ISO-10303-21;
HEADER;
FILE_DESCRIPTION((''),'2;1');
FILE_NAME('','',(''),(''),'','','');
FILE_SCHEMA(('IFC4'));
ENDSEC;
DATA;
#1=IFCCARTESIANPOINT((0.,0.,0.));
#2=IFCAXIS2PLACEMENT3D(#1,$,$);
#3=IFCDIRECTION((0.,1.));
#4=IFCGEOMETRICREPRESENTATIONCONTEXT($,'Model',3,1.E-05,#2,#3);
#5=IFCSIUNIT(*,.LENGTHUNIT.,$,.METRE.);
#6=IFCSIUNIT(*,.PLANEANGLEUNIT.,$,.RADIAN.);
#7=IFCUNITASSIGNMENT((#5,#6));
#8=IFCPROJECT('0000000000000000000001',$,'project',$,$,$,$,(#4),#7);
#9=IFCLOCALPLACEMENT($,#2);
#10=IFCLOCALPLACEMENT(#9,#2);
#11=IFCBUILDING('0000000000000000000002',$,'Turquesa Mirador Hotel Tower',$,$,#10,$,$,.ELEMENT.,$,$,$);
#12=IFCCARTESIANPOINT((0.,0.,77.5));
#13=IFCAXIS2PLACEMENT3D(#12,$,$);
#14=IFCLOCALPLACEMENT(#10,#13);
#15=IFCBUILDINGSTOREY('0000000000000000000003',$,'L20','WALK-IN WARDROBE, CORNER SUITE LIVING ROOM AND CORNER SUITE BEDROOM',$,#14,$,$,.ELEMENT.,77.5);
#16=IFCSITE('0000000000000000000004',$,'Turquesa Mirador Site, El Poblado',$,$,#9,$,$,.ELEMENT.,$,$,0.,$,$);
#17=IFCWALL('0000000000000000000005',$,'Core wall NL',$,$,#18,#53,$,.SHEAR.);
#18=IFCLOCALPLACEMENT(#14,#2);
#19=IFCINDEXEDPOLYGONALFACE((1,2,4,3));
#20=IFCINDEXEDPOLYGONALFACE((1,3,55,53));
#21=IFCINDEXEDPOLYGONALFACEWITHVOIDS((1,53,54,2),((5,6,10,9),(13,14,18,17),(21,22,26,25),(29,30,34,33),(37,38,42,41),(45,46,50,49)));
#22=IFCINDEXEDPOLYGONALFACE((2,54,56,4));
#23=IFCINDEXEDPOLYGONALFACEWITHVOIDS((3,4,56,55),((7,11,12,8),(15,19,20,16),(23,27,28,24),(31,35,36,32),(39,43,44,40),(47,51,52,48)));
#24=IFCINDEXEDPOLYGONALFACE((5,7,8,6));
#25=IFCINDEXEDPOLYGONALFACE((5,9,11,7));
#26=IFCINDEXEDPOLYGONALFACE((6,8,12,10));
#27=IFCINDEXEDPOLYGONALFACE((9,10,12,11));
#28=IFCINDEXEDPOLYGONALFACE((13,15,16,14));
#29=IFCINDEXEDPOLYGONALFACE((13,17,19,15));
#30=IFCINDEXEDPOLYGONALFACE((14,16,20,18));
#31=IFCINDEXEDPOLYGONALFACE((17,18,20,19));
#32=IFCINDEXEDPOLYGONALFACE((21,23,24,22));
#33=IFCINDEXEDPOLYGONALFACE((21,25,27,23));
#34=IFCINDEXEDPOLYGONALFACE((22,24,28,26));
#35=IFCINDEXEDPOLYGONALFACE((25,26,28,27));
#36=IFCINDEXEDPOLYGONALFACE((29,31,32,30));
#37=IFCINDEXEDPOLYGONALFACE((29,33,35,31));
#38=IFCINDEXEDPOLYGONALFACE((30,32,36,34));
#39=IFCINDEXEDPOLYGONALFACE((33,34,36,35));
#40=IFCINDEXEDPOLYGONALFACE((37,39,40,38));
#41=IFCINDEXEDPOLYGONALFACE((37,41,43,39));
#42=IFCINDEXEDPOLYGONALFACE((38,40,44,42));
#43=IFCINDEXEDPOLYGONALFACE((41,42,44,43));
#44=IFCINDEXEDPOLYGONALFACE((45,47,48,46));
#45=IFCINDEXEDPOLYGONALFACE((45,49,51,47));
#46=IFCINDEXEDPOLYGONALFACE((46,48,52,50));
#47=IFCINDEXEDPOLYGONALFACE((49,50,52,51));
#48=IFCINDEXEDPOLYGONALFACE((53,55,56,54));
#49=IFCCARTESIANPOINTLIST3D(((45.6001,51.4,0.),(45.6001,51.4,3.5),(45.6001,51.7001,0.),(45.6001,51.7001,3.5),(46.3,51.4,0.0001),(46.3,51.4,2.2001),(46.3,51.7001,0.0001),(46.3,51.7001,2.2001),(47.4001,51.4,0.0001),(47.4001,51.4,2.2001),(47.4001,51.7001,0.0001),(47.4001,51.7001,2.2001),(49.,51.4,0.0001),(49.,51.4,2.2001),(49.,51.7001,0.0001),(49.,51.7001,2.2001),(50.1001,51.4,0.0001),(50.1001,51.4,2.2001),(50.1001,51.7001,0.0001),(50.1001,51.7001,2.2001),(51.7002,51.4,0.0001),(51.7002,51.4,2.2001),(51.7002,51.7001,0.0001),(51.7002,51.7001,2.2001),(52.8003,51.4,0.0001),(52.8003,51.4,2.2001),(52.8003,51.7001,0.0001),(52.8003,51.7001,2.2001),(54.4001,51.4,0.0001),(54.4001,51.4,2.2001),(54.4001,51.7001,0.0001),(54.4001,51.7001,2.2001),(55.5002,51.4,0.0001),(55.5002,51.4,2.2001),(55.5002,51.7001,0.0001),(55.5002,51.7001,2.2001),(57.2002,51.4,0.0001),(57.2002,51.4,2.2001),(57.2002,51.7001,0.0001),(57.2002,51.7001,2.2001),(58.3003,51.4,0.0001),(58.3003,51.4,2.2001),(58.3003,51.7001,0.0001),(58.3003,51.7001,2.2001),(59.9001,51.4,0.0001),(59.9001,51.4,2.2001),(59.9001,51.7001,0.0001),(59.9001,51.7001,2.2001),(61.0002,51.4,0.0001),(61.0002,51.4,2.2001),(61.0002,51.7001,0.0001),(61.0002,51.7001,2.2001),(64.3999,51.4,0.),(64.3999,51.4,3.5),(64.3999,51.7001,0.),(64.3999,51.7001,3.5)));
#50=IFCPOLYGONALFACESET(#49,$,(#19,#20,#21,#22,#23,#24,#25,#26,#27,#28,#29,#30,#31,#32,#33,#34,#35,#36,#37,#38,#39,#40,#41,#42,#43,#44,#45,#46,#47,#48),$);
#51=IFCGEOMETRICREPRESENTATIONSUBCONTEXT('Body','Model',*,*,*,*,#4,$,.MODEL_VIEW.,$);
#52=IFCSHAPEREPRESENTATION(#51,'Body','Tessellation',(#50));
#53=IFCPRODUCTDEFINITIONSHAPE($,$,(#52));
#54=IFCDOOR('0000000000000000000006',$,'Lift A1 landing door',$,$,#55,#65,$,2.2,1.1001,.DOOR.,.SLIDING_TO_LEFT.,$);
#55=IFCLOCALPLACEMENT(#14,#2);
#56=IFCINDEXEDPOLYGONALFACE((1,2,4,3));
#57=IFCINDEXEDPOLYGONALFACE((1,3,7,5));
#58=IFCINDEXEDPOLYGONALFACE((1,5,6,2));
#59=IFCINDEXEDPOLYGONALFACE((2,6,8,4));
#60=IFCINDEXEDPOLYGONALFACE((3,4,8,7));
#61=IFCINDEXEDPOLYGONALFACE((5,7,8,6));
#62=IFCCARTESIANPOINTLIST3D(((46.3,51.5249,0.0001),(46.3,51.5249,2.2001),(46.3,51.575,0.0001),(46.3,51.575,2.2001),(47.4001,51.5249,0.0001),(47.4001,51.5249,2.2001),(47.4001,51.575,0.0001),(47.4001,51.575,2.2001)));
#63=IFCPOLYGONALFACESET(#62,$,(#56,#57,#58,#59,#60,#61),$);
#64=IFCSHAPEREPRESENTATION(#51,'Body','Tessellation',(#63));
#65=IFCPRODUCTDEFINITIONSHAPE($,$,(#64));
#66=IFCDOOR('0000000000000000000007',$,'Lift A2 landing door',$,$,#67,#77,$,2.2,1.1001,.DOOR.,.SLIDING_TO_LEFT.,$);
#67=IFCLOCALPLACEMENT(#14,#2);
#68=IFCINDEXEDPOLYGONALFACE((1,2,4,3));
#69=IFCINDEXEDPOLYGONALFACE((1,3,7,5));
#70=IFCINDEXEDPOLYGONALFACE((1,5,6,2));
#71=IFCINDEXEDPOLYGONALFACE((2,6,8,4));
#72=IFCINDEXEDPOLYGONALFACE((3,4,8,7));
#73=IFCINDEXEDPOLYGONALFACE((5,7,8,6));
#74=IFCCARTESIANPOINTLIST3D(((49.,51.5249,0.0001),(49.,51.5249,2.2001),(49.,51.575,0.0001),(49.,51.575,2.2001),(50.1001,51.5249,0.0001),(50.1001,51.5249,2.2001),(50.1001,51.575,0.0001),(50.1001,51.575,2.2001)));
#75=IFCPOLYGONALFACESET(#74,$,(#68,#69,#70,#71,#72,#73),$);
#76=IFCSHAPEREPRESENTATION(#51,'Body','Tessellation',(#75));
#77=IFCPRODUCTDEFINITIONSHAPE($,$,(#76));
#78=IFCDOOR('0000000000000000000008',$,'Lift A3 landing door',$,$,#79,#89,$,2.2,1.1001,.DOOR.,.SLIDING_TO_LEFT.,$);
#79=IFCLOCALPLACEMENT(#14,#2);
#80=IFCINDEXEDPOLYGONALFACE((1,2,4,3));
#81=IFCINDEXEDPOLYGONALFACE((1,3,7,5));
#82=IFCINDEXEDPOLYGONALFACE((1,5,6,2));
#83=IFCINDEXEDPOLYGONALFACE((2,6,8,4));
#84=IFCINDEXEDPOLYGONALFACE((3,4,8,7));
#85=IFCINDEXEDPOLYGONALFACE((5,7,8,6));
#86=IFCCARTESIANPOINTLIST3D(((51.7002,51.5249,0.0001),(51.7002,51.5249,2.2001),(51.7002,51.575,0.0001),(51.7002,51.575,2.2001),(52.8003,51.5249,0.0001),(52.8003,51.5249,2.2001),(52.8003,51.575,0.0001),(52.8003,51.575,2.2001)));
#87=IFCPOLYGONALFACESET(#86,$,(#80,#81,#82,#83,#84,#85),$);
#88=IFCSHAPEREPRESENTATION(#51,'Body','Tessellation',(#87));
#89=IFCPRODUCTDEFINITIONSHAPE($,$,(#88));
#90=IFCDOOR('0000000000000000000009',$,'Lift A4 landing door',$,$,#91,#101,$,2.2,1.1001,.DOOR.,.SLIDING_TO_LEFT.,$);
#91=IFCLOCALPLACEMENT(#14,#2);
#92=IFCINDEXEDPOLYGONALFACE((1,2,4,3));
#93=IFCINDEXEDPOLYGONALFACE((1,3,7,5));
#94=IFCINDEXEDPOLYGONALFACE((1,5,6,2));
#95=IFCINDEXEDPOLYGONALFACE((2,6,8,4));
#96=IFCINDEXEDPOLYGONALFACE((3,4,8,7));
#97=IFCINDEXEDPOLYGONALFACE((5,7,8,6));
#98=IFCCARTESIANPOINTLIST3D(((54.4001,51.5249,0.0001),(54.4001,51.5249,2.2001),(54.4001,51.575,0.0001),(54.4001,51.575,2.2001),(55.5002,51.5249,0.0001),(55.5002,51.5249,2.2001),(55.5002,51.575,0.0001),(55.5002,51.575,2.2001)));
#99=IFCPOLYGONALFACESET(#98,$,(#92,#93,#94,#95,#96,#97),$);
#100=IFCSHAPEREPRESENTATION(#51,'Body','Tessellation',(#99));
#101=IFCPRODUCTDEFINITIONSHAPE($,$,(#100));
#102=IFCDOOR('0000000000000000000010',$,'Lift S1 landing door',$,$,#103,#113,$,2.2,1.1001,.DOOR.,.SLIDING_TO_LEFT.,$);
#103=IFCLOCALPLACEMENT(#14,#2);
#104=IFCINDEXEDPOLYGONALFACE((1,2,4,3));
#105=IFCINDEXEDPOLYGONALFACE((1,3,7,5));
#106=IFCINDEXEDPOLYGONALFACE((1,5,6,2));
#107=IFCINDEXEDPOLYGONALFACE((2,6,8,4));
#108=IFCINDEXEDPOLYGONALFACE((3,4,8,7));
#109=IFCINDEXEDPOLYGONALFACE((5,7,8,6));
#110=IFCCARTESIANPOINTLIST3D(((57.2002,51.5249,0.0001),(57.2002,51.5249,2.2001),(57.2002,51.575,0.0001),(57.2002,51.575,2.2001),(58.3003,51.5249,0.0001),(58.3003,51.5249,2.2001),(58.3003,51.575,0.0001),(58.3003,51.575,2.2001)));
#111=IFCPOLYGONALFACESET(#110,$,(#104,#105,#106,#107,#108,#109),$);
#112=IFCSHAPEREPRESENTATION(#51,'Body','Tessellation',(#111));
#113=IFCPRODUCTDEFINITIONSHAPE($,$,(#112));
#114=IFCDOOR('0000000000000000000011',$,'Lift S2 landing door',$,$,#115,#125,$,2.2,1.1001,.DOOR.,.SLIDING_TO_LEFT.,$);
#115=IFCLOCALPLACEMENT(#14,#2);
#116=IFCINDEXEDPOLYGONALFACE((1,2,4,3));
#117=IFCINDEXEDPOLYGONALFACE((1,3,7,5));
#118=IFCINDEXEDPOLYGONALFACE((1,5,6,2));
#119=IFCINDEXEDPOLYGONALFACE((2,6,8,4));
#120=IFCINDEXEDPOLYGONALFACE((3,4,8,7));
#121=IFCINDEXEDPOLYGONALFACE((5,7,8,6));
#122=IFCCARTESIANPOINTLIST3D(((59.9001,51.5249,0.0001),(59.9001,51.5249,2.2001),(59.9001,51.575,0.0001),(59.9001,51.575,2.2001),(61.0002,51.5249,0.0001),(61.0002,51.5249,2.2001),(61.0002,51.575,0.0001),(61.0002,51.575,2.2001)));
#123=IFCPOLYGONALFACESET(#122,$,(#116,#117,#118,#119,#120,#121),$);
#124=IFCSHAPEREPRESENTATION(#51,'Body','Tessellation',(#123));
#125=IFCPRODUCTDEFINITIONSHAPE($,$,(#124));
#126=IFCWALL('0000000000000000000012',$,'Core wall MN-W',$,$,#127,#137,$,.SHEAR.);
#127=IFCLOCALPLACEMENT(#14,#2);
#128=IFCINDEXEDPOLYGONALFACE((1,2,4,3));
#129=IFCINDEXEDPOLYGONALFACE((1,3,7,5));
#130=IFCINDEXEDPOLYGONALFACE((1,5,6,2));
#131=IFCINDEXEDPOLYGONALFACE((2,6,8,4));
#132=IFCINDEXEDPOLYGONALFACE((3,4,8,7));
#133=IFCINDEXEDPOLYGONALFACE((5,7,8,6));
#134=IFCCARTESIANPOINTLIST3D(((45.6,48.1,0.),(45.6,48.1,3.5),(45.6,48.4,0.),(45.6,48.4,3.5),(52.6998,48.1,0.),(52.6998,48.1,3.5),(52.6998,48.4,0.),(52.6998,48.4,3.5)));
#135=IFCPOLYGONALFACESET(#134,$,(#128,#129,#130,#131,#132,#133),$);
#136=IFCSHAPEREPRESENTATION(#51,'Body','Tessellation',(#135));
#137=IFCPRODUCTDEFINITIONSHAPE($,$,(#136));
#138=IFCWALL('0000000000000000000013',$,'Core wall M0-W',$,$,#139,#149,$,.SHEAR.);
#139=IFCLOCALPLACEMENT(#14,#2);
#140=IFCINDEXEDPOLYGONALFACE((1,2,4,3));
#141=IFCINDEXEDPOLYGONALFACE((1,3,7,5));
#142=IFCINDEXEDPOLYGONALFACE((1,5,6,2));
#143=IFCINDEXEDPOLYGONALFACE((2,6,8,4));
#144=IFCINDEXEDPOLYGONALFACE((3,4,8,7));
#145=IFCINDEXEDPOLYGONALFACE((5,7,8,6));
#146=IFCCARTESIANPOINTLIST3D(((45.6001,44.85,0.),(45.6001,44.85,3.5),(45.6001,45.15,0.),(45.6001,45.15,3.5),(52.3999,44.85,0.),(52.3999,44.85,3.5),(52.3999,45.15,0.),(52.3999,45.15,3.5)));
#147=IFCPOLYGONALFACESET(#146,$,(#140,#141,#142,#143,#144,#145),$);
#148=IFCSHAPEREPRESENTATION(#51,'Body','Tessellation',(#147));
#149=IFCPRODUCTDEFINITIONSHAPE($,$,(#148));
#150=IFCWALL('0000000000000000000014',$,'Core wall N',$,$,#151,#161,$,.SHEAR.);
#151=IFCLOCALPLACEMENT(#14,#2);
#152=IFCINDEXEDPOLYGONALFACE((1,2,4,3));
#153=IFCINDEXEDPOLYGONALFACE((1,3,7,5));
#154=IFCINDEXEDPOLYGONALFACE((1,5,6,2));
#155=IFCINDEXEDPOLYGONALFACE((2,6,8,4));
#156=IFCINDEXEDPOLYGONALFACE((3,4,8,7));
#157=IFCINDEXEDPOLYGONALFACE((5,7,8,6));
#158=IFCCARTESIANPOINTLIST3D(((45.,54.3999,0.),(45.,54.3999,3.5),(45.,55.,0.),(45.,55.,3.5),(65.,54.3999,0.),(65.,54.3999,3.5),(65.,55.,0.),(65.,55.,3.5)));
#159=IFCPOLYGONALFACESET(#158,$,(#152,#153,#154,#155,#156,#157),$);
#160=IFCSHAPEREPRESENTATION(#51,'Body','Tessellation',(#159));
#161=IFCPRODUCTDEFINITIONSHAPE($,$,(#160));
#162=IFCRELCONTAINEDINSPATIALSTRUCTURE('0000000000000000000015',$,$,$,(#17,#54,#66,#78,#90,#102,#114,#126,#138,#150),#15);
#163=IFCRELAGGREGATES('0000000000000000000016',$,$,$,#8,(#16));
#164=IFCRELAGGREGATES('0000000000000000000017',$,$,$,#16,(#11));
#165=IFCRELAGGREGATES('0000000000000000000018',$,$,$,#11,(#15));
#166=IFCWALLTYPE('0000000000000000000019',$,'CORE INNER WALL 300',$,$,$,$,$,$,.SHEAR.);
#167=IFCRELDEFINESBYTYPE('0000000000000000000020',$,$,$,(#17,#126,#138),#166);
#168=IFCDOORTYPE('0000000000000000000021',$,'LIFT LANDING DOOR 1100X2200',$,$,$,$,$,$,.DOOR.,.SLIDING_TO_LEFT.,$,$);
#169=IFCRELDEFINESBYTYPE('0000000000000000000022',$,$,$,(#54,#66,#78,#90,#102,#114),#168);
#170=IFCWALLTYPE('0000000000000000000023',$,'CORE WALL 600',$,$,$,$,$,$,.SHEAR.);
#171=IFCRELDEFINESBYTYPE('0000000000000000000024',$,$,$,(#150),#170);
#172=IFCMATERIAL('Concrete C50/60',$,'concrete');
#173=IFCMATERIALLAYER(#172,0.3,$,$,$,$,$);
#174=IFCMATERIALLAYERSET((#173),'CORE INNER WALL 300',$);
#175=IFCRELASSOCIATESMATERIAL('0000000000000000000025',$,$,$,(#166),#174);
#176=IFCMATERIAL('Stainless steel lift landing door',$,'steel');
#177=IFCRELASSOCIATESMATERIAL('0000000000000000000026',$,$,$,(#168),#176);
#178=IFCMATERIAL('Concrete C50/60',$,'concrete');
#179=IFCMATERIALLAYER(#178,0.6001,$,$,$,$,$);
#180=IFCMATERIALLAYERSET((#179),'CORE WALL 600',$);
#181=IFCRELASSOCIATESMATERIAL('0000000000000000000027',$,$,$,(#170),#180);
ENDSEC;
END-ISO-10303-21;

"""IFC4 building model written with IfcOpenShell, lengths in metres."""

from ifc_helpers import new_model, si_unit, direction, frame, frame_2d, origin, place, context, subcontext, project, spatial, rectangle, extrude, material, layer, layer_set, type_object, element, fill, save


model = new_model("IFC4")

# Units and contexts
model_context = context("Model", 3, precision=1e-05, world=origin(), true_north=direction((0.0, 1.0)))
body_context = subcontext(model_context, "Body", "Model", "MODEL_VIEW")
ifc_project = project(units=[si_unit("LENGTHUNIT", "METRE"), si_unit("PLANEANGLEUNIT", "RADIAN")], contexts=[model_context])

# Site, building, storey
site_placement = place(None, origin())
site = spatial("IfcSite", under=ifc_project, at=site_placement, Name="Turquesa Mirador Site, El Poblado", CompositionType="ELEMENT", RefElevation=0.0)
building_placement = place(site_placement, origin())
building = spatial("IfcBuilding", under=site, at=building_placement, Name="Turquesa Mirador Hotel Tower", CompositionType="ELEMENT")
storey_placement = place(building_placement, frame((0.0, 0.0, 77.5)))
storey = spatial("IfcBuildingStorey", under=building, at=storey_placement, Name="L20", Description="WALK-IN WARDROBE, CORNER SUITE LIVING ROOM AND CORNER SUITE BEDROOM", CompositionType="ELEMENT", Elevation=77.5)

# Wall, openings, doors
ifc_material_1 = material(Name="Concrete C50/60", Category="concrete")
ifc_layer_1 = layer(ifc_material_1, 0.3)
ifc_layer_set_1 = layer_set([ifc_layer_1], Name="CORE INNER WALL 300")
wall_type_1 = type_object("IfcWallType", Name="CORE INNER WALL 300", PredefinedType="SHEAR", material=ifc_layer_set_1)
wall_1_placement = place(storey_placement, frame((45.6001, 51.55, 0.0), z_axis=(0.0, 0.0, 1.0), x_axis=(1.0, 0.0, 0.0)))
wall_1 = element("IfcWall", 1, at=wall_1_placement, inside=storey, type_object=wall_type_1, Name="Core wall NL", PredefinedType="SHEAR", context=body_context, shape_type="SweptSolid", body=[
    extrude(rectangle(XDim=18.7998, YDim=0.3, at=frame_2d((9.3999, 0.0))), origin(), (0.0, 0.0, 1.0), 3.5),
])
opening_1_placement = place(wall_1_placement, frame((0.7, 0.0, 0.0)))
opening_1 = element("IfcOpeningElement", 2, at=opening_1_placement, cuts=wall_1, PredefinedType="OPENING", context=body_context, shape_type="SweptSolid", body=[
    extrude(rectangle(XDim=1.1001, YDim=2.2, at=frame_2d((0.55, 1.1001))), frame((0.0, 0.1599, 0.0), z_axis=(0.0, -1.0, 0.0), x_axis=(1.0, 0.0, 0.0)), (0.0, 0.0, 1.0), 0.3201),
])
opening_2_placement = place(wall_1_placement, frame((3.3999, 0.0, 0.0)))
opening_2 = element("IfcOpeningElement", 3, at=opening_2_placement, cuts=wall_1, PredefinedType="OPENING", context=body_context, shape_type="SweptSolid", body=[
    extrude(rectangle(XDim=1.1001, YDim=2.2, at=frame_2d((0.55, 1.1001))), frame((0.0, 0.1599, 0.0), z_axis=(0.0, -1.0, 0.0), x_axis=(1.0, 0.0, 0.0)), (0.0, 0.0, 1.0), 0.3201),
])
opening_3_placement = place(wall_1_placement, frame((6.1001, 0.0, 0.0)))
opening_3 = element("IfcOpeningElement", 4, at=opening_3_placement, cuts=wall_1, PredefinedType="OPENING", context=body_context, shape_type="SweptSolid", body=[
    extrude(rectangle(XDim=1.1001, YDim=2.2, at=frame_2d((0.55, 1.1001))), frame((0.0, 0.1599, 0.0), z_axis=(0.0, -1.0, 0.0), x_axis=(1.0, 0.0, 0.0)), (0.0, 0.0, 1.0), 0.3201),
])
opening_4_placement = place(wall_1_placement, frame((8.8, 0.0, 0.0)))
opening_4 = element("IfcOpeningElement", 5, at=opening_4_placement, cuts=wall_1, PredefinedType="OPENING", context=body_context, shape_type="SweptSolid", body=[
    extrude(rectangle(XDim=1.1001, YDim=2.2, at=frame_2d((0.55, 1.1001))), frame((0.0, 0.1599, 0.0), z_axis=(0.0, -1.0, 0.0), x_axis=(1.0, 0.0, 0.0)), (0.0, 0.0, 1.0), 0.3201),
])
opening_5_placement = place(wall_1_placement, frame((11.6001, 0.0, 0.0)))
opening_5 = element("IfcOpeningElement", 6, at=opening_5_placement, cuts=wall_1, PredefinedType="OPENING", context=body_context, shape_type="SweptSolid", body=[
    extrude(rectangle(XDim=1.1001, YDim=2.2, at=frame_2d((0.55, 1.1001))), frame((0.0, 0.1599, 0.0), z_axis=(0.0, -1.0, 0.0), x_axis=(1.0, 0.0, 0.0)), (0.0, 0.0, 1.0), 0.3201),
])
opening_6_placement = place(wall_1_placement, frame((14.3, 0.0, 0.0)))
opening_6 = element("IfcOpeningElement", 7, at=opening_6_placement, cuts=wall_1, PredefinedType="OPENING", context=body_context, shape_type="SweptSolid", body=[
    extrude(rectangle(XDim=1.1001, YDim=2.2, at=frame_2d((0.55, 1.1001))), frame((0.0, 0.1599, 0.0), z_axis=(0.0, -1.0, 0.0), x_axis=(1.0, 0.0, 0.0)), (0.0, 0.0, 1.0), 0.3201),
])
ifc_material_2 = material(Name="Stainless steel lift landing door", Category="steel")
door_type_1 = type_object("IfcDoorType", Name="LIFT LANDING DOOR 1100X2200", OperationType="SLIDING_TO_LEFT", PredefinedType="DOOR", material=ifc_material_2)
door_1_placement = place(opening_1_placement, origin())
door_1 = element("IfcDoor", 8, at=door_1_placement, inside=storey, type_object=door_type_1, Name="Lift A1 landing door", OperationType="SLIDING_TO_LEFT", OverallHeight=2.2, OverallWidth=1.1001, PredefinedType="DOOR", context=body_context, shape_type="SweptSolid", body=[
    extrude(rectangle(XDim=1.1001, YDim=2.2, at=frame_2d((0.55, 1.1001))), frame((0.0, 0.0249, 0.0), z_axis=(0.0, -1.0, 0.0), x_axis=(1.0, 0.0, 0.0)), (0.0, 0.0, 1.0), 0.05),
])
fill(opening_1, door_1)
door_2_placement = place(opening_2_placement, origin())
door_2 = element("IfcDoor", 9, at=door_2_placement, inside=storey, type_object=door_type_1, Name="Lift A2 landing door", OperationType="SLIDING_TO_LEFT", OverallHeight=2.2, OverallWidth=1.1001, PredefinedType="DOOR", context=body_context, shape_type="SweptSolid", body=[
    extrude(rectangle(XDim=1.1001, YDim=2.2, at=frame_2d((0.55, 1.1001))), frame((0.0, 0.0249, 0.0), z_axis=(0.0, -1.0, 0.0), x_axis=(1.0, 0.0, 0.0)), (0.0, 0.0, 1.0), 0.05),
])
fill(opening_2, door_2)
door_3_placement = place(opening_3_placement, origin())
door_3 = element("IfcDoor", 10, at=door_3_placement, inside=storey, type_object=door_type_1, Name="Lift A3 landing door", OperationType="SLIDING_TO_LEFT", OverallHeight=2.2, OverallWidth=1.1001, PredefinedType="DOOR", context=body_context, shape_type="SweptSolid", body=[
    extrude(rectangle(XDim=1.1001, YDim=2.2, at=frame_2d((0.55, 1.1001))), frame((0.0, 0.0249, 0.0), z_axis=(0.0, -1.0, 0.0), x_axis=(1.0, 0.0, 0.0)), (0.0, 0.0, 1.0), 0.05),
])
fill(opening_3, door_3)
door_4_placement = place(opening_4_placement, origin())
door_4 = element("IfcDoor", 11, at=door_4_placement, inside=storey, type_object=door_type_1, Name="Lift A4 landing door", OperationType="SLIDING_TO_LEFT", OverallHeight=2.2, OverallWidth=1.1001, PredefinedType="DOOR", context=body_context, shape_type="SweptSolid", body=[
    extrude(rectangle(XDim=1.1001, YDim=2.2, at=frame_2d((0.55, 1.1001))), frame((0.0, 0.0249, 0.0), z_axis=(0.0, -1.0, 0.0), x_axis=(1.0, 0.0, 0.0)), (0.0, 0.0, 1.0), 0.05),
])
fill(opening_4, door_4)
door_5_placement = place(opening_5_placement, origin())
door_5 = element("IfcDoor", 12, at=door_5_placement, inside=storey, type_object=door_type_1, Name="Lift S1 landing door", OperationType="SLIDING_TO_LEFT", OverallHeight=2.2, OverallWidth=1.1001, PredefinedType="DOOR", context=body_context, shape_type="SweptSolid", body=[
    extrude(rectangle(XDim=1.1001, YDim=2.2, at=frame_2d((0.55, 1.1001))), frame((0.0, 0.0249, 0.0), z_axis=(0.0, -1.0, 0.0), x_axis=(1.0, 0.0, 0.0)), (0.0, 0.0, 1.0), 0.05),
])
fill(opening_5, door_5)
door_6_placement = place(opening_6_placement, origin())
door_6 = element("IfcDoor", 13, at=door_6_placement, inside=storey, type_object=door_type_1, Name="Lift S2 landing door", OperationType="SLIDING_TO_LEFT", OverallHeight=2.2, OverallWidth=1.1001, PredefinedType="DOOR", context=body_context, shape_type="SweptSolid", body=[
    extrude(rectangle(XDim=1.1001, YDim=2.2, at=frame_2d((0.55, 1.1001))), frame((0.0, 0.0249, 0.0), z_axis=(0.0, -1.0, 0.0), x_axis=(1.0, 0.0, 0.0)), (0.0, 0.0, 1.0), 0.05),
])
fill(opening_6, door_6)

# Walls
wall_2_placement = place(storey_placement, frame((45.6001, 48.25, 0.0), z_axis=(0.0, 0.0, 1.0), x_axis=(1.0, 0.0, 0.0)))
element("IfcWall", 14, at=wall_2_placement, inside=storey, type_object=wall_type_1, Name="Core wall MN-W", PredefinedType="SHEAR", context=body_context, shape_type="SweptSolid", body=[
    extrude(rectangle(XDim=7.0999, YDim=0.3, at=frame_2d((3.5498, 0.0))), origin(), (0.0, 0.0, 1.0), 3.5),
])
wall_3_placement = place(storey_placement, frame((45.6001, 45.0, 0.0), z_axis=(0.0, 0.0, 1.0), x_axis=(1.0, 0.0, 0.0)))
element("IfcWall", 15, at=wall_3_placement, inside=storey, type_object=wall_type_1, Name="Core wall M0-W", PredefinedType="SHEAR", context=body_context, shape_type="SweptSolid", body=[
    extrude(rectangle(XDim=6.7998, YDim=0.3, at=frame_2d((3.3999, 0.0))), origin(), (0.0, 0.0, 1.0), 3.5),
])
ifc_material_3 = material(Name="Concrete C50/60", Category="concrete")
ifc_layer_2 = layer(ifc_material_3, 0.6001)
ifc_layer_set_2 = layer_set([ifc_layer_2], Name="CORE WALL 600")
wall_type_2 = type_object("IfcWallType", Name="CORE WALL 600", PredefinedType="SHEAR", material=ifc_layer_set_2)
wall_4_placement = place(storey_placement, frame((45.0, 54.7, 0.0), z_axis=(0.0, 0.0, 1.0), x_axis=(1.0, 0.0, 0.0)))
element("IfcWall", 16, at=wall_4_placement, inside=storey, type_object=wall_type_2, Name="Core wall N", PredefinedType="SHEAR", context=body_context, shape_type="SweptSolid", body=[
    extrude(rectangle(XDim=20.0, YDim=0.6001, at=frame_2d((10.0, 0.0))), origin(), (0.0, 0.0, 1.0), 3.5),
])

save(model, "model.ifc")
